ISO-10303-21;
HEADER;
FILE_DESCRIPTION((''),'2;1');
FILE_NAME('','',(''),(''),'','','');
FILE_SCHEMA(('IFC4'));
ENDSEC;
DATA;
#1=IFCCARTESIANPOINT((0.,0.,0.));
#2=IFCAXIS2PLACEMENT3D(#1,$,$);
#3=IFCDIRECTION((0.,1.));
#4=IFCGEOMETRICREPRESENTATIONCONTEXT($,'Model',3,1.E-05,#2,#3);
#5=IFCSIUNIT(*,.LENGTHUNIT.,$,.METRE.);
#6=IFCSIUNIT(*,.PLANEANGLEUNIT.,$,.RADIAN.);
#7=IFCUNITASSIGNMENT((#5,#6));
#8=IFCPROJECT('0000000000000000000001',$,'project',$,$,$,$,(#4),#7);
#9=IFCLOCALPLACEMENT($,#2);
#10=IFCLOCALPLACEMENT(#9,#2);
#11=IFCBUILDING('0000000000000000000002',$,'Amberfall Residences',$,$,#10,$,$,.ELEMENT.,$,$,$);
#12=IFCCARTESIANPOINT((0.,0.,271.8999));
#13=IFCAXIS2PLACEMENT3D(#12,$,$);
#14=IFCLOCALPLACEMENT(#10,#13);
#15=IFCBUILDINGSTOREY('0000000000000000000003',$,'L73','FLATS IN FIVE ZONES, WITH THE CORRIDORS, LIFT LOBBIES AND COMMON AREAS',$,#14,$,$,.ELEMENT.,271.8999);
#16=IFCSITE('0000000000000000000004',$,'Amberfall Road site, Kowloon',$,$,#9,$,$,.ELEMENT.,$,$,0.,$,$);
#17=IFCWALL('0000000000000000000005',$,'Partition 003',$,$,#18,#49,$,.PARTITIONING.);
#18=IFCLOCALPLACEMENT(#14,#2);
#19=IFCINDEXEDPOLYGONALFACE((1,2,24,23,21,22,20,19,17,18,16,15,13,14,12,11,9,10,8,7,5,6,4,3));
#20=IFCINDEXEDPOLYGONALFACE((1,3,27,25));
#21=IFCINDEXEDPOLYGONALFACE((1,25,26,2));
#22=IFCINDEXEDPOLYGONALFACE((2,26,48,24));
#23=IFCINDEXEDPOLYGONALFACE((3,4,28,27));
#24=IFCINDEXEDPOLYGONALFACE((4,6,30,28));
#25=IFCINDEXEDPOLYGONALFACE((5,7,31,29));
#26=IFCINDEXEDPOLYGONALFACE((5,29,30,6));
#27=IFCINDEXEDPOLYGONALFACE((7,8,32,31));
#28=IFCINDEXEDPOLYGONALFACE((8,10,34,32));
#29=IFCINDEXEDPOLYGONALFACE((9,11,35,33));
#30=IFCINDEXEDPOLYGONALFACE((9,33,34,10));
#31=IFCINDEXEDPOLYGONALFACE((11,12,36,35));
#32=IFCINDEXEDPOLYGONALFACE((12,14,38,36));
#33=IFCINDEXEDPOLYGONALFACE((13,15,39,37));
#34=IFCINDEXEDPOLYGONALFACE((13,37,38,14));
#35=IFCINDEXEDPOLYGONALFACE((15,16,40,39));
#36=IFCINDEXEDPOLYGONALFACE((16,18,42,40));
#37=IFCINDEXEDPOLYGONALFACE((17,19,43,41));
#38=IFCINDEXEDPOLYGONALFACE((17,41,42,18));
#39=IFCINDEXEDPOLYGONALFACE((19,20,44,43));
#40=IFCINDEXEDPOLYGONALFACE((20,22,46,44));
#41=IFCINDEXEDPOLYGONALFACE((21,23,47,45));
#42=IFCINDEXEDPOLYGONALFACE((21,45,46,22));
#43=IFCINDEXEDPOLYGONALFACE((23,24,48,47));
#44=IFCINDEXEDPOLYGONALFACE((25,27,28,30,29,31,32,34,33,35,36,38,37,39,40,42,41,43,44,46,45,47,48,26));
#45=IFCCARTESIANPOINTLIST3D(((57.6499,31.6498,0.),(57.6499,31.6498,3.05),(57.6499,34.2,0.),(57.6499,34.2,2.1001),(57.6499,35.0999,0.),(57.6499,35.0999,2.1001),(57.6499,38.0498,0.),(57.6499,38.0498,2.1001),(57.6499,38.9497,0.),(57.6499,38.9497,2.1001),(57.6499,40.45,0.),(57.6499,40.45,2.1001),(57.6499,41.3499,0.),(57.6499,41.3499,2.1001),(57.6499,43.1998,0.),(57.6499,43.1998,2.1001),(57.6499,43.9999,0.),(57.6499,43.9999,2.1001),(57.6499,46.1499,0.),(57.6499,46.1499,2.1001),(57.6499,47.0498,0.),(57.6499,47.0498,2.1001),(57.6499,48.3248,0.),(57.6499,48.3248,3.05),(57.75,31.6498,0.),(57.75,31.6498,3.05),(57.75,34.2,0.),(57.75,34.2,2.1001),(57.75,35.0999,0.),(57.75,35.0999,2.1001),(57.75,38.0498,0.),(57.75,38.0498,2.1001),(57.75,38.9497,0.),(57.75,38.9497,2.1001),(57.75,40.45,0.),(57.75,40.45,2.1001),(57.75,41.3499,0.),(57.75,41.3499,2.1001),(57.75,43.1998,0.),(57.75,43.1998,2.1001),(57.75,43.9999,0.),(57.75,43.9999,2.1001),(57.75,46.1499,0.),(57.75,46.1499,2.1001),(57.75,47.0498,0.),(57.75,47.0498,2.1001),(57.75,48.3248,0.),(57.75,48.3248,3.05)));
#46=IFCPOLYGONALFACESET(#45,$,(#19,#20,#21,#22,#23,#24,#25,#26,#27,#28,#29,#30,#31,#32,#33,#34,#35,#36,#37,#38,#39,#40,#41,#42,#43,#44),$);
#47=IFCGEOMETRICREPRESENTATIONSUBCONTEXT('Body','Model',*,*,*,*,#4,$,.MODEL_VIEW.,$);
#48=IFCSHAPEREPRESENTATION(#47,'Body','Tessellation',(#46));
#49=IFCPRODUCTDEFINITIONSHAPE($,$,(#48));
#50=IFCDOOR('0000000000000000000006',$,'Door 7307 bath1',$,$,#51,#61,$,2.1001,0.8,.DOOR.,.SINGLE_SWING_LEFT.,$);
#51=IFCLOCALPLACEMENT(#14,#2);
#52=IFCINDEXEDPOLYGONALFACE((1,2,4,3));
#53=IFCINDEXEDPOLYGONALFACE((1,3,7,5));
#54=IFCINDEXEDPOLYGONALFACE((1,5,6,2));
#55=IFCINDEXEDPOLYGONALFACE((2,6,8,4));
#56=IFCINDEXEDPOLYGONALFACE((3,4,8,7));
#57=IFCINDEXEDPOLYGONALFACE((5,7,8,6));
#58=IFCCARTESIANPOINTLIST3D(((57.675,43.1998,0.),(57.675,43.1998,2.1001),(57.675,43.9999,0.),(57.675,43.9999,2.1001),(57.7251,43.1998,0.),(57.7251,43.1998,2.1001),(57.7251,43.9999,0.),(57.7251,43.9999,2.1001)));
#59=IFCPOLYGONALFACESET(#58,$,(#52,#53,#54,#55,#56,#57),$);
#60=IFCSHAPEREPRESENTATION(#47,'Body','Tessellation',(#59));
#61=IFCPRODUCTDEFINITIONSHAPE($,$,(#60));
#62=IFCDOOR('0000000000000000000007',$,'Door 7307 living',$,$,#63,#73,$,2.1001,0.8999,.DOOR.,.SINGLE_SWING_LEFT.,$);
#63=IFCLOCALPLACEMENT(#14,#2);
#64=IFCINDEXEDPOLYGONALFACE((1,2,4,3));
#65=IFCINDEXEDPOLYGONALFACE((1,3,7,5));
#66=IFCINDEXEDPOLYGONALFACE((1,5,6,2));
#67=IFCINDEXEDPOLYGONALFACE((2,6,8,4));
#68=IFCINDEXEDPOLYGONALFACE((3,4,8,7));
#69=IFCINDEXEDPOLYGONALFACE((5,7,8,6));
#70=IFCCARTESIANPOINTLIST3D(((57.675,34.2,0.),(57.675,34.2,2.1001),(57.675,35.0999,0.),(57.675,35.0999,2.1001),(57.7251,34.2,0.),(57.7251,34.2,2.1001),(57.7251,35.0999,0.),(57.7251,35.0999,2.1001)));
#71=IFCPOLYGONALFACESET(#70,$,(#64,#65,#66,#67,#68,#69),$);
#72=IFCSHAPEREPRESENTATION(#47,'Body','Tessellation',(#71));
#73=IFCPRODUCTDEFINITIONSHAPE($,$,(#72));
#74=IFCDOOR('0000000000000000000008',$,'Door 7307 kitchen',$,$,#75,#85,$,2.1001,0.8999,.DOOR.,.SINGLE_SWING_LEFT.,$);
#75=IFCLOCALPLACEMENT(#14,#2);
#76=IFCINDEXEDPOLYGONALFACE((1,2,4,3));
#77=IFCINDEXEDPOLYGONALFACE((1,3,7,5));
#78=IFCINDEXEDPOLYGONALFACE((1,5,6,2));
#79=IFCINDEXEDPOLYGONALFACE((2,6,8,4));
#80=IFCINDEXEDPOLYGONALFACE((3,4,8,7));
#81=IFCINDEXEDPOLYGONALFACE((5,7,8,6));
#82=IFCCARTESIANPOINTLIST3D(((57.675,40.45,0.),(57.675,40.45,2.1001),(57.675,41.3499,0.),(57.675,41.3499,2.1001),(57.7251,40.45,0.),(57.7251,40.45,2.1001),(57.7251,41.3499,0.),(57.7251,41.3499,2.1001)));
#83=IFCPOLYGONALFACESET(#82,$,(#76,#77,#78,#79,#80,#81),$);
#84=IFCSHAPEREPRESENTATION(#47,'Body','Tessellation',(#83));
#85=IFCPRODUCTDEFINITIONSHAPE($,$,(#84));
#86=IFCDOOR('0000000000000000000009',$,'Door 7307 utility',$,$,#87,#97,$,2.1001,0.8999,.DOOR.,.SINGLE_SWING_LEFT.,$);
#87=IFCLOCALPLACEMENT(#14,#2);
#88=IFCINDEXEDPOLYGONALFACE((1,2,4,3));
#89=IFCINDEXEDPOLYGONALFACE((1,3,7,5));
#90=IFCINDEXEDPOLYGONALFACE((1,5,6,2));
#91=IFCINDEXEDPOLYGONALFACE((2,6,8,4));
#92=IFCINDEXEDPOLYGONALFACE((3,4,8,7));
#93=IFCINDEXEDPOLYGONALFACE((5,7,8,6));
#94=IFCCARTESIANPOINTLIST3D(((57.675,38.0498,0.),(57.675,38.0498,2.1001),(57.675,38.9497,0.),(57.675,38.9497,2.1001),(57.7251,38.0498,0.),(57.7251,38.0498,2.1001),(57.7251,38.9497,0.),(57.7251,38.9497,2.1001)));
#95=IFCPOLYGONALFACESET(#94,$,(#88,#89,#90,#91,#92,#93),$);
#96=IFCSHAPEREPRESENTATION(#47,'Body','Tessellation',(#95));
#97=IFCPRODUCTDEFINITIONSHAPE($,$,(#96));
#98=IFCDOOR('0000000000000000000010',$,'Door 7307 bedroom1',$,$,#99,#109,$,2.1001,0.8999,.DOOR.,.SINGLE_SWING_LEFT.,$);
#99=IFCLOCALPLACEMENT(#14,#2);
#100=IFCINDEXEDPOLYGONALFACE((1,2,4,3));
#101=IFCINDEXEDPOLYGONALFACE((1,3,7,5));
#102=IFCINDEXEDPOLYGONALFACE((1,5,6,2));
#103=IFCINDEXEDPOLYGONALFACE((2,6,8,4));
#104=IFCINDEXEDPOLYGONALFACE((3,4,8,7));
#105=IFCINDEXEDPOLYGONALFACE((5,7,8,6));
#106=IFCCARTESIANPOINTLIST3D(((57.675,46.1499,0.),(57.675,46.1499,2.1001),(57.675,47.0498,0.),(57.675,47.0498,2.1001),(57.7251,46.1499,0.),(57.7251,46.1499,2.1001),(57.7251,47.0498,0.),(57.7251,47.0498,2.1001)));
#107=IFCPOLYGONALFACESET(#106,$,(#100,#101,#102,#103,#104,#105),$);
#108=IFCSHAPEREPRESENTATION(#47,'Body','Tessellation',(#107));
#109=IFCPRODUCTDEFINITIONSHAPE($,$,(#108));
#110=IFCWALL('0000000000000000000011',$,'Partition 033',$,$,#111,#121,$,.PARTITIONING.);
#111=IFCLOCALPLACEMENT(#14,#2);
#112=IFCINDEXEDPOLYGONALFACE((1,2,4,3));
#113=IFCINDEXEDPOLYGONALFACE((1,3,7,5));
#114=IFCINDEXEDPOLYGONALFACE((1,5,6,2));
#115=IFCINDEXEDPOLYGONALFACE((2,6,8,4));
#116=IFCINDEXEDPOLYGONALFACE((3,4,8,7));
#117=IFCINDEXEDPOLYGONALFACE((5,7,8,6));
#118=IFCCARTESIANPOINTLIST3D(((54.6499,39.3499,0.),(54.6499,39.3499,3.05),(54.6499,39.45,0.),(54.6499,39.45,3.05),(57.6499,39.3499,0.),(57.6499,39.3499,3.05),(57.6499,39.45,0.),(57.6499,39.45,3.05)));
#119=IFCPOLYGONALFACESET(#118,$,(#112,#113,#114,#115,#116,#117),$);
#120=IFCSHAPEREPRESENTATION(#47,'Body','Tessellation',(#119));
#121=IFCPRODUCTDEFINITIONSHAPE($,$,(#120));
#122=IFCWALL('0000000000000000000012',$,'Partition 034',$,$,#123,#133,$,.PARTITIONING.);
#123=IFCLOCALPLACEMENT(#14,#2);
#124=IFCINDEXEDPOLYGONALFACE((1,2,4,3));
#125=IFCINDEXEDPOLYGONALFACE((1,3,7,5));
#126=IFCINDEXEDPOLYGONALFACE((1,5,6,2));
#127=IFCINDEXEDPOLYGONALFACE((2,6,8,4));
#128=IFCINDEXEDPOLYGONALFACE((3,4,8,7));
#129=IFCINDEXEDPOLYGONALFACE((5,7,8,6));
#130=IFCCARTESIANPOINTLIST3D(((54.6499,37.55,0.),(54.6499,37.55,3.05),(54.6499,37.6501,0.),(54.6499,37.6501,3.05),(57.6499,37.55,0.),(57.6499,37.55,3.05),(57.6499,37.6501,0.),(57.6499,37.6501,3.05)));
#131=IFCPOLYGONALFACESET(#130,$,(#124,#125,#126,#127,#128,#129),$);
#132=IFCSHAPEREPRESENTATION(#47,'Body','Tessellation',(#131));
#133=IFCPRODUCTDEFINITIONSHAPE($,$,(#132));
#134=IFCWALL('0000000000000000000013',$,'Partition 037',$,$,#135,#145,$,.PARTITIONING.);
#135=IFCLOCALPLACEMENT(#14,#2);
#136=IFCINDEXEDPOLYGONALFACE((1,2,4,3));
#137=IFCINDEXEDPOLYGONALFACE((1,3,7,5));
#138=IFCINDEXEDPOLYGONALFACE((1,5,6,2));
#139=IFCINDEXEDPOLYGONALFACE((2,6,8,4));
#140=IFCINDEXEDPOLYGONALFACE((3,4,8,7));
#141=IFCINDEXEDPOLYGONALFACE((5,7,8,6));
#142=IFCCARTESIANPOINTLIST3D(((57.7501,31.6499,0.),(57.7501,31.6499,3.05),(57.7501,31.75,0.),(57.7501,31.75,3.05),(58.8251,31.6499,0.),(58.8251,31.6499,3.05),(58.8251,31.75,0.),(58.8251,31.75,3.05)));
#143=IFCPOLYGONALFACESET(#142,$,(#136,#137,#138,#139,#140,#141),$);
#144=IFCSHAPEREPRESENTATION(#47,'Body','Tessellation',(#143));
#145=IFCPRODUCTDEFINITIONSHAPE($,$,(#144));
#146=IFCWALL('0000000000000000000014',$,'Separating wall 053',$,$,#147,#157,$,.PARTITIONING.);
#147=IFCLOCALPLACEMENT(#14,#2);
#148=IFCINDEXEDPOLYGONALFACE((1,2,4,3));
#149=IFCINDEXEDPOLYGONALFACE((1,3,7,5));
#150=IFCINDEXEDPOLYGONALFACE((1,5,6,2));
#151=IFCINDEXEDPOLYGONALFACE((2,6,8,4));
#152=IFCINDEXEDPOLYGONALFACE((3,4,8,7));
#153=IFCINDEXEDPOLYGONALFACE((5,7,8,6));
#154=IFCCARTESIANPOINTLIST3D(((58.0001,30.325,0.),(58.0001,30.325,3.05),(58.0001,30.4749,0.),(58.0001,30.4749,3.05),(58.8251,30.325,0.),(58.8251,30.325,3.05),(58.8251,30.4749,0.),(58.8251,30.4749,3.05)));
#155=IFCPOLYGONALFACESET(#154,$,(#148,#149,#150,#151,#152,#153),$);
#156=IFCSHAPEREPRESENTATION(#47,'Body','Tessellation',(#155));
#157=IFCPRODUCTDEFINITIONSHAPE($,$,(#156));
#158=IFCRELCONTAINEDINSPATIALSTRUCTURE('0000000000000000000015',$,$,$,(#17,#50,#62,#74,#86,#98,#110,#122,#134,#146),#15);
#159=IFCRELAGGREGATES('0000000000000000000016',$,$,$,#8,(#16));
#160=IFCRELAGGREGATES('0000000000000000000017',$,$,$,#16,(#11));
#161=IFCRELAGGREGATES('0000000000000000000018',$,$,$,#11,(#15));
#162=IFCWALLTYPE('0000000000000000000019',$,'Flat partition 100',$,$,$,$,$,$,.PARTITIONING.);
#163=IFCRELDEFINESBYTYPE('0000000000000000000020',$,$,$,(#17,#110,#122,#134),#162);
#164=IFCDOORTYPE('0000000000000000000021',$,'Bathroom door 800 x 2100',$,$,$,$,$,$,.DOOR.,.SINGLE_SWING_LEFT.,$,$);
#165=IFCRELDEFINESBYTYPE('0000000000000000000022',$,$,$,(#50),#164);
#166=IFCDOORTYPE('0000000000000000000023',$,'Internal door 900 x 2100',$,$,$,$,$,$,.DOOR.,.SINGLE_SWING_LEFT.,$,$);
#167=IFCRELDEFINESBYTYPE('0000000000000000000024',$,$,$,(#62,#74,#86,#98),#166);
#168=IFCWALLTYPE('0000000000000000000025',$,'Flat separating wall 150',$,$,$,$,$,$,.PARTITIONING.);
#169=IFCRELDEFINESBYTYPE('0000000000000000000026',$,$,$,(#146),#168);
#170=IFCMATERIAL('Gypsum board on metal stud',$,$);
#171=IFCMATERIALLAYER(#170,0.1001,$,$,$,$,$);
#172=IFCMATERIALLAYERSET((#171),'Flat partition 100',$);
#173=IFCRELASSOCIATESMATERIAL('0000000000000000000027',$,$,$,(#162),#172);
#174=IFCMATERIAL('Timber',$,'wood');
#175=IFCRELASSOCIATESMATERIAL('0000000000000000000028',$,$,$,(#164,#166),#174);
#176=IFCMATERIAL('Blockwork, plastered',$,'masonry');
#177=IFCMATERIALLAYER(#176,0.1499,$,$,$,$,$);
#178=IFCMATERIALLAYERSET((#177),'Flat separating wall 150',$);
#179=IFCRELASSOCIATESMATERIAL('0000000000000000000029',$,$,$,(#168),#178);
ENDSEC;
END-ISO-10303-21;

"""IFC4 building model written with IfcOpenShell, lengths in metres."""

from ifc_helpers import new_model, si_unit, direction, frame, frame_2d, origin, place, context, subcontext, project, spatial, rectangle, extrude, material, layer, layer_set, type_object, element, fill, save


model = new_model("IFC4")

# Units and contexts
model_context = context("Model", 3, precision=1e-05, world=origin(), true_north=direction((0.0, 1.0)))
body_context = subcontext(model_context, "Body", "Model", "MODEL_VIEW")
ifc_project = project(units=[si_unit("LENGTHUNIT", "METRE"), si_unit("PLANEANGLEUNIT", "RADIAN")], contexts=[model_context])

# Site, building, storey
site_placement = place(None, origin())
site = spatial("IfcSite", under=ifc_project, at=site_placement, Name="Amberfall Road site, Kowloon", CompositionType="ELEMENT", RefElevation=0.0)
building_placement = place(site_placement, origin())
building = spatial("IfcBuilding", under=site, at=building_placement, Name="Amberfall Residences", CompositionType="ELEMENT")
storey_placement = place(building_placement, frame((0.0, 0.0, 271.8999)))
storey = spatial("IfcBuildingStorey", under=building, at=storey_placement, Name="L73", Description="FLATS IN FIVE ZONES, WITH THE CORRIDORS, LIFT LOBBIES AND COMMON AREAS", CompositionType="ELEMENT", Elevation=271.8999)

# Shared definitions
ifc_material_1 = material(Name="Gypsum board on metal stud")
ifc_layer_1 = layer(ifc_material_1, 0.1001)
ifc_layer_set_1 = layer_set([ifc_layer_1], Name="Flat partition 100")
wall_type_1 = type_object("IfcWallType", Name="Flat partition 100", PredefinedType="PARTITIONING", material=ifc_layer_set_1)

# Wall, openings, doors
wall_1_placement = place(storey_placement, frame((57.7, 31.6499, 0.0), z_axis=(0.0, 0.0, 1.0), x_axis=(0.0, 1.0, 0.0)))
wall_1 = element("IfcWall", 1, at=wall_1_placement, inside=storey, type_object=wall_type_1, Name="Partition 003", PredefinedType="PARTITIONING", context=body_context, shape_type="SweptSolid", body=[
    extrude(rectangle(XDim=16.675, YDim=0.1001, at=frame_2d((8.3374, 0.0))), origin(), (0.0, 0.0, 1.0), 3.05),
])
opening_1_placement = place(wall_1_placement, frame((2.55, 0.0, 0.0)))
opening_1 = element("IfcOpeningElement", 2, at=opening_1_placement, cuts=wall_1, PredefinedType="OPENING", context=body_context, shape_type="SweptSolid", body=[
    extrude(rectangle(XDim=0.8999, YDim=2.1001, at=frame_2d((0.45, 1.05))), frame((0.0, 0.0601, 0.0), z_axis=(0.0, -1.0, 0.0), x_axis=(1.0, 0.0, 0.0)), (0.0, 0.0, 1.0), 0.1201),
])
opening_2_placement = place(wall_1_placement, frame((8.8, 0.0, 0.0)))
opening_2 = element("IfcOpeningElement", 3, at=opening_2_placement, cuts=wall_1, PredefinedType="OPENING", context=body_context, shape_type="SweptSolid", body=[
    extrude(rectangle(XDim=0.8999, YDim=2.1001, at=frame_2d((0.45, 1.05))), frame((0.0, 0.0601, 0.0), z_axis=(0.0, -1.0, 0.0), x_axis=(1.0, 0.0, 0.0)), (0.0, 0.0, 1.0), 0.1201),
])
opening_3_placement = place(wall_1_placement, frame((6.3999, 0.0, 0.0)))
opening_3 = element("IfcOpeningElement", 4, at=opening_3_placement, cuts=wall_1, PredefinedType="OPENING", context=body_context, shape_type="SweptSolid", body=[
    extrude(rectangle(XDim=0.8999, YDim=2.1001, at=frame_2d((0.45, 1.05))), frame((0.0, 0.0601, 0.0), z_axis=(0.0, -1.0, 0.0), x_axis=(1.0, 0.0, 0.0)), (0.0, 0.0, 1.0), 0.1201),
])
opening_4_placement = place(wall_1_placement, frame((14.5, 0.0, 0.0)))
opening_4 = element("IfcOpeningElement", 5, at=opening_4_placement, cuts=wall_1, PredefinedType="OPENING", context=body_context, shape_type="SweptSolid", body=[
    extrude(rectangle(XDim=0.8999, YDim=2.1001, at=frame_2d((0.45, 1.05))), frame((0.0, 0.0601, 0.0), z_axis=(0.0, -1.0, 0.0), x_axis=(1.0, 0.0, 0.0)), (0.0, 0.0, 1.0), 0.1201),
])
opening_5_placement = place(wall_1_placement, frame((11.55, 0.0, 0.0)))
opening_5 = element("IfcOpeningElement", 6, at=opening_5_placement, cuts=wall_1, PredefinedType="OPENING", context=body_context, shape_type="SweptSolid", body=[
    extrude(rectangle(XDim=0.8, YDim=2.1001, at=frame_2d((0.3999, 1.05))), frame((0.0, 0.0601, 0.0), z_axis=(0.0, -1.0, 0.0), x_axis=(1.0, 0.0, 0.0)), (0.0, 0.0, 1.0), 0.1201),
])
ifc_material_2 = material(Name="Timber", Category="wood")
door_type_1 = type_object("IfcDoorType", Name="Bathroom door 800 x 2100", OperationType="SINGLE_SWING_LEFT", PredefinedType="DOOR", material=ifc_material_2)
door_1_placement = place(opening_5_placement, origin())
door_1 = element("IfcDoor", 7, at=door_1_placement, inside=storey, type_object=door_type_1, Name="Door 7307 bath1", OperationType="SINGLE_SWING_LEFT", OverallHeight=2.1001, OverallWidth=0.8, PredefinedType="DOOR", context=body_context, shape_type="SweptSolid", body=[
    extrude(rectangle(XDim=0.8, YDim=2.1001, at=frame_2d((0.3999, 1.05))), frame((0.0, 0.0249, 0.0), z_axis=(0.0, -1.0, 0.0), x_axis=(1.0, 0.0, 0.0)), (0.0, 0.0, 1.0), 0.05),
])
fill(opening_5, door_1)
door_type_2 = type_object("IfcDoorType", Name="Internal door 900 x 2100", OperationType="SINGLE_SWING_LEFT", PredefinedType="DOOR", material=ifc_material_2)
door_2_placement = place(opening_1_placement, origin())
door_2 = element("IfcDoor", 8, at=door_2_placement, inside=storey, type_object=door_type_2, Name="Door 7307 living", OperationType="SINGLE_SWING_LEFT", OverallHeight=2.1001, OverallWidth=0.8999, PredefinedType="DOOR", context=body_context, shape_type="SweptSolid", body=[
    extrude(rectangle(XDim=0.8999, YDim=2.1001, at=frame_2d((0.45, 1.05))), frame((0.0, 0.0249, 0.0), z_axis=(0.0, -1.0, 0.0), x_axis=(1.0, 0.0, 0.0)), (0.0, 0.0, 1.0), 0.05),
])
fill(opening_1, door_2)
door_3_placement = place(opening_2_placement, origin())
door_3 = element("IfcDoor", 9, at=door_3_placement, inside=storey, type_object=door_type_2, Name="Door 7307 kitchen", OperationType="SINGLE_SWING_LEFT", OverallHeight=2.1001, OverallWidth=0.8999, PredefinedType="DOOR", context=body_context, shape_type="SweptSolid", body=[
    extrude(rectangle(XDim=0.8999, YDim=2.1001, at=frame_2d((0.45, 1.05))), frame((0.0, 0.0249, 0.0), z_axis=(0.0, -1.0, 0.0), x_axis=(1.0, 0.0, 0.0)), (0.0, 0.0, 1.0), 0.05),
])
fill(opening_2, door_3)
door_4_placement = place(opening_3_placement, origin())
door_4 = element("IfcDoor", 10, at=door_4_placement, inside=storey, type_object=door_type_2, Name="Door 7307 utility", OperationType="SINGLE_SWING_LEFT", OverallHeight=2.1001, OverallWidth=0.8999, PredefinedType="DOOR", context=body_context, shape_type="SweptSolid", body=[
    extrude(rectangle(XDim=0.8999, YDim=2.1001, at=frame_2d((0.45, 1.05))), frame((0.0, 0.0249, 0.0), z_axis=(0.0, -1.0, 0.0), x_axis=(1.0, 0.0, 0.0)), (0.0, 0.0, 1.0), 0.05),
])
fill(opening_3, door_4)
door_5_placement = place(opening_4_placement, origin())
door_5 = element("IfcDoor", 11, at=door_5_placement, inside=storey, type_object=door_type_2, Name="Door 7307 bedroom1", OperationType="SINGLE_SWING_LEFT", OverallHeight=2.1001, OverallWidth=0.8999, PredefinedType="DOOR", context=body_context, shape_type="SweptSolid", body=[
    extrude(rectangle(XDim=0.8999, YDim=2.1001, at=frame_2d((0.45, 1.05))), frame((0.0, 0.0249, 0.0), z_axis=(0.0, -1.0, 0.0), x_axis=(1.0, 0.0, 0.0)), (0.0, 0.0, 1.0), 0.05),
])
fill(opening_4, door_5)

# Walls
for number, where, z_axis, x_axis, name in (
    (12, (54.6499, 39.3999, 0.0), (0.0, 0.0, 1.0), (1.0, 0.0, 0.0), "Partition 033"),
    (13, (54.6499, 37.6001, 0.0), (0.0, 0.0, 1.0), (1.0, 0.0, 0.0), "Partition 034"),
):
    element("IfcWall", number, at=place(storey_placement, frame(where, z_axis=z_axis, x_axis=x_axis)), inside=storey, type_object=wall_type_1, Name=name, PredefinedType="PARTITIONING", context=body_context, shape_type="SweptSolid", body=[
        extrude(rectangle(XDim=3.0, YDim=0.1001, at=frame_2d((1.5, 0.0))), origin(), (0.0, 0.0, 1.0), 3.05),
    ])
wall_2_placement = place(storey_placement, frame((57.75, 31.7, 0.0), z_axis=(0.0, 0.0, 1.0), x_axis=(1.0, 0.0, 0.0)))
element("IfcWall", 14, at=wall_2_placement, inside=storey, type_object=wall_type_1, Name="Partition 037", PredefinedType="PARTITIONING", context=body_context, shape_type="SweptSolid", body=[
    extrude(rectangle(XDim=1.075, YDim=0.1001, at=frame_2d((0.5376, 0.0))), origin(), (0.0, 0.0, 1.0), 3.05),
])
ifc_material_3 = material(Name="Blockwork, plastered", Category="masonry")
ifc_layer_2 = layer(ifc_material_3, 0.1499)
ifc_layer_set_2 = layer_set([ifc_layer_2], Name="Flat separating wall 150")
wall_type_2 = type_object("IfcWallType", Name="Flat separating wall 150", PredefinedType="PARTITIONING", material=ifc_layer_set_2)
wall_3_placement = place(storey_placement, frame((58.0, 30.3999, 0.0), z_axis=(0.0, 0.0, 1.0), x_axis=(1.0, 0.0, 0.0)))
element("IfcWall", 15, at=wall_3_placement, inside=storey, type_object=wall_type_2, Name="Separating wall 053", PredefinedType="PARTITIONING", context=body_context, shape_type="SweptSolid", body=[
    extrude(rectangle(XDim=0.825, YDim=0.1499, at=frame_2d((0.4126, 0.0))), origin(), (0.0, 0.0, 1.0), 3.05),
])

save(model, "model.ifc")
